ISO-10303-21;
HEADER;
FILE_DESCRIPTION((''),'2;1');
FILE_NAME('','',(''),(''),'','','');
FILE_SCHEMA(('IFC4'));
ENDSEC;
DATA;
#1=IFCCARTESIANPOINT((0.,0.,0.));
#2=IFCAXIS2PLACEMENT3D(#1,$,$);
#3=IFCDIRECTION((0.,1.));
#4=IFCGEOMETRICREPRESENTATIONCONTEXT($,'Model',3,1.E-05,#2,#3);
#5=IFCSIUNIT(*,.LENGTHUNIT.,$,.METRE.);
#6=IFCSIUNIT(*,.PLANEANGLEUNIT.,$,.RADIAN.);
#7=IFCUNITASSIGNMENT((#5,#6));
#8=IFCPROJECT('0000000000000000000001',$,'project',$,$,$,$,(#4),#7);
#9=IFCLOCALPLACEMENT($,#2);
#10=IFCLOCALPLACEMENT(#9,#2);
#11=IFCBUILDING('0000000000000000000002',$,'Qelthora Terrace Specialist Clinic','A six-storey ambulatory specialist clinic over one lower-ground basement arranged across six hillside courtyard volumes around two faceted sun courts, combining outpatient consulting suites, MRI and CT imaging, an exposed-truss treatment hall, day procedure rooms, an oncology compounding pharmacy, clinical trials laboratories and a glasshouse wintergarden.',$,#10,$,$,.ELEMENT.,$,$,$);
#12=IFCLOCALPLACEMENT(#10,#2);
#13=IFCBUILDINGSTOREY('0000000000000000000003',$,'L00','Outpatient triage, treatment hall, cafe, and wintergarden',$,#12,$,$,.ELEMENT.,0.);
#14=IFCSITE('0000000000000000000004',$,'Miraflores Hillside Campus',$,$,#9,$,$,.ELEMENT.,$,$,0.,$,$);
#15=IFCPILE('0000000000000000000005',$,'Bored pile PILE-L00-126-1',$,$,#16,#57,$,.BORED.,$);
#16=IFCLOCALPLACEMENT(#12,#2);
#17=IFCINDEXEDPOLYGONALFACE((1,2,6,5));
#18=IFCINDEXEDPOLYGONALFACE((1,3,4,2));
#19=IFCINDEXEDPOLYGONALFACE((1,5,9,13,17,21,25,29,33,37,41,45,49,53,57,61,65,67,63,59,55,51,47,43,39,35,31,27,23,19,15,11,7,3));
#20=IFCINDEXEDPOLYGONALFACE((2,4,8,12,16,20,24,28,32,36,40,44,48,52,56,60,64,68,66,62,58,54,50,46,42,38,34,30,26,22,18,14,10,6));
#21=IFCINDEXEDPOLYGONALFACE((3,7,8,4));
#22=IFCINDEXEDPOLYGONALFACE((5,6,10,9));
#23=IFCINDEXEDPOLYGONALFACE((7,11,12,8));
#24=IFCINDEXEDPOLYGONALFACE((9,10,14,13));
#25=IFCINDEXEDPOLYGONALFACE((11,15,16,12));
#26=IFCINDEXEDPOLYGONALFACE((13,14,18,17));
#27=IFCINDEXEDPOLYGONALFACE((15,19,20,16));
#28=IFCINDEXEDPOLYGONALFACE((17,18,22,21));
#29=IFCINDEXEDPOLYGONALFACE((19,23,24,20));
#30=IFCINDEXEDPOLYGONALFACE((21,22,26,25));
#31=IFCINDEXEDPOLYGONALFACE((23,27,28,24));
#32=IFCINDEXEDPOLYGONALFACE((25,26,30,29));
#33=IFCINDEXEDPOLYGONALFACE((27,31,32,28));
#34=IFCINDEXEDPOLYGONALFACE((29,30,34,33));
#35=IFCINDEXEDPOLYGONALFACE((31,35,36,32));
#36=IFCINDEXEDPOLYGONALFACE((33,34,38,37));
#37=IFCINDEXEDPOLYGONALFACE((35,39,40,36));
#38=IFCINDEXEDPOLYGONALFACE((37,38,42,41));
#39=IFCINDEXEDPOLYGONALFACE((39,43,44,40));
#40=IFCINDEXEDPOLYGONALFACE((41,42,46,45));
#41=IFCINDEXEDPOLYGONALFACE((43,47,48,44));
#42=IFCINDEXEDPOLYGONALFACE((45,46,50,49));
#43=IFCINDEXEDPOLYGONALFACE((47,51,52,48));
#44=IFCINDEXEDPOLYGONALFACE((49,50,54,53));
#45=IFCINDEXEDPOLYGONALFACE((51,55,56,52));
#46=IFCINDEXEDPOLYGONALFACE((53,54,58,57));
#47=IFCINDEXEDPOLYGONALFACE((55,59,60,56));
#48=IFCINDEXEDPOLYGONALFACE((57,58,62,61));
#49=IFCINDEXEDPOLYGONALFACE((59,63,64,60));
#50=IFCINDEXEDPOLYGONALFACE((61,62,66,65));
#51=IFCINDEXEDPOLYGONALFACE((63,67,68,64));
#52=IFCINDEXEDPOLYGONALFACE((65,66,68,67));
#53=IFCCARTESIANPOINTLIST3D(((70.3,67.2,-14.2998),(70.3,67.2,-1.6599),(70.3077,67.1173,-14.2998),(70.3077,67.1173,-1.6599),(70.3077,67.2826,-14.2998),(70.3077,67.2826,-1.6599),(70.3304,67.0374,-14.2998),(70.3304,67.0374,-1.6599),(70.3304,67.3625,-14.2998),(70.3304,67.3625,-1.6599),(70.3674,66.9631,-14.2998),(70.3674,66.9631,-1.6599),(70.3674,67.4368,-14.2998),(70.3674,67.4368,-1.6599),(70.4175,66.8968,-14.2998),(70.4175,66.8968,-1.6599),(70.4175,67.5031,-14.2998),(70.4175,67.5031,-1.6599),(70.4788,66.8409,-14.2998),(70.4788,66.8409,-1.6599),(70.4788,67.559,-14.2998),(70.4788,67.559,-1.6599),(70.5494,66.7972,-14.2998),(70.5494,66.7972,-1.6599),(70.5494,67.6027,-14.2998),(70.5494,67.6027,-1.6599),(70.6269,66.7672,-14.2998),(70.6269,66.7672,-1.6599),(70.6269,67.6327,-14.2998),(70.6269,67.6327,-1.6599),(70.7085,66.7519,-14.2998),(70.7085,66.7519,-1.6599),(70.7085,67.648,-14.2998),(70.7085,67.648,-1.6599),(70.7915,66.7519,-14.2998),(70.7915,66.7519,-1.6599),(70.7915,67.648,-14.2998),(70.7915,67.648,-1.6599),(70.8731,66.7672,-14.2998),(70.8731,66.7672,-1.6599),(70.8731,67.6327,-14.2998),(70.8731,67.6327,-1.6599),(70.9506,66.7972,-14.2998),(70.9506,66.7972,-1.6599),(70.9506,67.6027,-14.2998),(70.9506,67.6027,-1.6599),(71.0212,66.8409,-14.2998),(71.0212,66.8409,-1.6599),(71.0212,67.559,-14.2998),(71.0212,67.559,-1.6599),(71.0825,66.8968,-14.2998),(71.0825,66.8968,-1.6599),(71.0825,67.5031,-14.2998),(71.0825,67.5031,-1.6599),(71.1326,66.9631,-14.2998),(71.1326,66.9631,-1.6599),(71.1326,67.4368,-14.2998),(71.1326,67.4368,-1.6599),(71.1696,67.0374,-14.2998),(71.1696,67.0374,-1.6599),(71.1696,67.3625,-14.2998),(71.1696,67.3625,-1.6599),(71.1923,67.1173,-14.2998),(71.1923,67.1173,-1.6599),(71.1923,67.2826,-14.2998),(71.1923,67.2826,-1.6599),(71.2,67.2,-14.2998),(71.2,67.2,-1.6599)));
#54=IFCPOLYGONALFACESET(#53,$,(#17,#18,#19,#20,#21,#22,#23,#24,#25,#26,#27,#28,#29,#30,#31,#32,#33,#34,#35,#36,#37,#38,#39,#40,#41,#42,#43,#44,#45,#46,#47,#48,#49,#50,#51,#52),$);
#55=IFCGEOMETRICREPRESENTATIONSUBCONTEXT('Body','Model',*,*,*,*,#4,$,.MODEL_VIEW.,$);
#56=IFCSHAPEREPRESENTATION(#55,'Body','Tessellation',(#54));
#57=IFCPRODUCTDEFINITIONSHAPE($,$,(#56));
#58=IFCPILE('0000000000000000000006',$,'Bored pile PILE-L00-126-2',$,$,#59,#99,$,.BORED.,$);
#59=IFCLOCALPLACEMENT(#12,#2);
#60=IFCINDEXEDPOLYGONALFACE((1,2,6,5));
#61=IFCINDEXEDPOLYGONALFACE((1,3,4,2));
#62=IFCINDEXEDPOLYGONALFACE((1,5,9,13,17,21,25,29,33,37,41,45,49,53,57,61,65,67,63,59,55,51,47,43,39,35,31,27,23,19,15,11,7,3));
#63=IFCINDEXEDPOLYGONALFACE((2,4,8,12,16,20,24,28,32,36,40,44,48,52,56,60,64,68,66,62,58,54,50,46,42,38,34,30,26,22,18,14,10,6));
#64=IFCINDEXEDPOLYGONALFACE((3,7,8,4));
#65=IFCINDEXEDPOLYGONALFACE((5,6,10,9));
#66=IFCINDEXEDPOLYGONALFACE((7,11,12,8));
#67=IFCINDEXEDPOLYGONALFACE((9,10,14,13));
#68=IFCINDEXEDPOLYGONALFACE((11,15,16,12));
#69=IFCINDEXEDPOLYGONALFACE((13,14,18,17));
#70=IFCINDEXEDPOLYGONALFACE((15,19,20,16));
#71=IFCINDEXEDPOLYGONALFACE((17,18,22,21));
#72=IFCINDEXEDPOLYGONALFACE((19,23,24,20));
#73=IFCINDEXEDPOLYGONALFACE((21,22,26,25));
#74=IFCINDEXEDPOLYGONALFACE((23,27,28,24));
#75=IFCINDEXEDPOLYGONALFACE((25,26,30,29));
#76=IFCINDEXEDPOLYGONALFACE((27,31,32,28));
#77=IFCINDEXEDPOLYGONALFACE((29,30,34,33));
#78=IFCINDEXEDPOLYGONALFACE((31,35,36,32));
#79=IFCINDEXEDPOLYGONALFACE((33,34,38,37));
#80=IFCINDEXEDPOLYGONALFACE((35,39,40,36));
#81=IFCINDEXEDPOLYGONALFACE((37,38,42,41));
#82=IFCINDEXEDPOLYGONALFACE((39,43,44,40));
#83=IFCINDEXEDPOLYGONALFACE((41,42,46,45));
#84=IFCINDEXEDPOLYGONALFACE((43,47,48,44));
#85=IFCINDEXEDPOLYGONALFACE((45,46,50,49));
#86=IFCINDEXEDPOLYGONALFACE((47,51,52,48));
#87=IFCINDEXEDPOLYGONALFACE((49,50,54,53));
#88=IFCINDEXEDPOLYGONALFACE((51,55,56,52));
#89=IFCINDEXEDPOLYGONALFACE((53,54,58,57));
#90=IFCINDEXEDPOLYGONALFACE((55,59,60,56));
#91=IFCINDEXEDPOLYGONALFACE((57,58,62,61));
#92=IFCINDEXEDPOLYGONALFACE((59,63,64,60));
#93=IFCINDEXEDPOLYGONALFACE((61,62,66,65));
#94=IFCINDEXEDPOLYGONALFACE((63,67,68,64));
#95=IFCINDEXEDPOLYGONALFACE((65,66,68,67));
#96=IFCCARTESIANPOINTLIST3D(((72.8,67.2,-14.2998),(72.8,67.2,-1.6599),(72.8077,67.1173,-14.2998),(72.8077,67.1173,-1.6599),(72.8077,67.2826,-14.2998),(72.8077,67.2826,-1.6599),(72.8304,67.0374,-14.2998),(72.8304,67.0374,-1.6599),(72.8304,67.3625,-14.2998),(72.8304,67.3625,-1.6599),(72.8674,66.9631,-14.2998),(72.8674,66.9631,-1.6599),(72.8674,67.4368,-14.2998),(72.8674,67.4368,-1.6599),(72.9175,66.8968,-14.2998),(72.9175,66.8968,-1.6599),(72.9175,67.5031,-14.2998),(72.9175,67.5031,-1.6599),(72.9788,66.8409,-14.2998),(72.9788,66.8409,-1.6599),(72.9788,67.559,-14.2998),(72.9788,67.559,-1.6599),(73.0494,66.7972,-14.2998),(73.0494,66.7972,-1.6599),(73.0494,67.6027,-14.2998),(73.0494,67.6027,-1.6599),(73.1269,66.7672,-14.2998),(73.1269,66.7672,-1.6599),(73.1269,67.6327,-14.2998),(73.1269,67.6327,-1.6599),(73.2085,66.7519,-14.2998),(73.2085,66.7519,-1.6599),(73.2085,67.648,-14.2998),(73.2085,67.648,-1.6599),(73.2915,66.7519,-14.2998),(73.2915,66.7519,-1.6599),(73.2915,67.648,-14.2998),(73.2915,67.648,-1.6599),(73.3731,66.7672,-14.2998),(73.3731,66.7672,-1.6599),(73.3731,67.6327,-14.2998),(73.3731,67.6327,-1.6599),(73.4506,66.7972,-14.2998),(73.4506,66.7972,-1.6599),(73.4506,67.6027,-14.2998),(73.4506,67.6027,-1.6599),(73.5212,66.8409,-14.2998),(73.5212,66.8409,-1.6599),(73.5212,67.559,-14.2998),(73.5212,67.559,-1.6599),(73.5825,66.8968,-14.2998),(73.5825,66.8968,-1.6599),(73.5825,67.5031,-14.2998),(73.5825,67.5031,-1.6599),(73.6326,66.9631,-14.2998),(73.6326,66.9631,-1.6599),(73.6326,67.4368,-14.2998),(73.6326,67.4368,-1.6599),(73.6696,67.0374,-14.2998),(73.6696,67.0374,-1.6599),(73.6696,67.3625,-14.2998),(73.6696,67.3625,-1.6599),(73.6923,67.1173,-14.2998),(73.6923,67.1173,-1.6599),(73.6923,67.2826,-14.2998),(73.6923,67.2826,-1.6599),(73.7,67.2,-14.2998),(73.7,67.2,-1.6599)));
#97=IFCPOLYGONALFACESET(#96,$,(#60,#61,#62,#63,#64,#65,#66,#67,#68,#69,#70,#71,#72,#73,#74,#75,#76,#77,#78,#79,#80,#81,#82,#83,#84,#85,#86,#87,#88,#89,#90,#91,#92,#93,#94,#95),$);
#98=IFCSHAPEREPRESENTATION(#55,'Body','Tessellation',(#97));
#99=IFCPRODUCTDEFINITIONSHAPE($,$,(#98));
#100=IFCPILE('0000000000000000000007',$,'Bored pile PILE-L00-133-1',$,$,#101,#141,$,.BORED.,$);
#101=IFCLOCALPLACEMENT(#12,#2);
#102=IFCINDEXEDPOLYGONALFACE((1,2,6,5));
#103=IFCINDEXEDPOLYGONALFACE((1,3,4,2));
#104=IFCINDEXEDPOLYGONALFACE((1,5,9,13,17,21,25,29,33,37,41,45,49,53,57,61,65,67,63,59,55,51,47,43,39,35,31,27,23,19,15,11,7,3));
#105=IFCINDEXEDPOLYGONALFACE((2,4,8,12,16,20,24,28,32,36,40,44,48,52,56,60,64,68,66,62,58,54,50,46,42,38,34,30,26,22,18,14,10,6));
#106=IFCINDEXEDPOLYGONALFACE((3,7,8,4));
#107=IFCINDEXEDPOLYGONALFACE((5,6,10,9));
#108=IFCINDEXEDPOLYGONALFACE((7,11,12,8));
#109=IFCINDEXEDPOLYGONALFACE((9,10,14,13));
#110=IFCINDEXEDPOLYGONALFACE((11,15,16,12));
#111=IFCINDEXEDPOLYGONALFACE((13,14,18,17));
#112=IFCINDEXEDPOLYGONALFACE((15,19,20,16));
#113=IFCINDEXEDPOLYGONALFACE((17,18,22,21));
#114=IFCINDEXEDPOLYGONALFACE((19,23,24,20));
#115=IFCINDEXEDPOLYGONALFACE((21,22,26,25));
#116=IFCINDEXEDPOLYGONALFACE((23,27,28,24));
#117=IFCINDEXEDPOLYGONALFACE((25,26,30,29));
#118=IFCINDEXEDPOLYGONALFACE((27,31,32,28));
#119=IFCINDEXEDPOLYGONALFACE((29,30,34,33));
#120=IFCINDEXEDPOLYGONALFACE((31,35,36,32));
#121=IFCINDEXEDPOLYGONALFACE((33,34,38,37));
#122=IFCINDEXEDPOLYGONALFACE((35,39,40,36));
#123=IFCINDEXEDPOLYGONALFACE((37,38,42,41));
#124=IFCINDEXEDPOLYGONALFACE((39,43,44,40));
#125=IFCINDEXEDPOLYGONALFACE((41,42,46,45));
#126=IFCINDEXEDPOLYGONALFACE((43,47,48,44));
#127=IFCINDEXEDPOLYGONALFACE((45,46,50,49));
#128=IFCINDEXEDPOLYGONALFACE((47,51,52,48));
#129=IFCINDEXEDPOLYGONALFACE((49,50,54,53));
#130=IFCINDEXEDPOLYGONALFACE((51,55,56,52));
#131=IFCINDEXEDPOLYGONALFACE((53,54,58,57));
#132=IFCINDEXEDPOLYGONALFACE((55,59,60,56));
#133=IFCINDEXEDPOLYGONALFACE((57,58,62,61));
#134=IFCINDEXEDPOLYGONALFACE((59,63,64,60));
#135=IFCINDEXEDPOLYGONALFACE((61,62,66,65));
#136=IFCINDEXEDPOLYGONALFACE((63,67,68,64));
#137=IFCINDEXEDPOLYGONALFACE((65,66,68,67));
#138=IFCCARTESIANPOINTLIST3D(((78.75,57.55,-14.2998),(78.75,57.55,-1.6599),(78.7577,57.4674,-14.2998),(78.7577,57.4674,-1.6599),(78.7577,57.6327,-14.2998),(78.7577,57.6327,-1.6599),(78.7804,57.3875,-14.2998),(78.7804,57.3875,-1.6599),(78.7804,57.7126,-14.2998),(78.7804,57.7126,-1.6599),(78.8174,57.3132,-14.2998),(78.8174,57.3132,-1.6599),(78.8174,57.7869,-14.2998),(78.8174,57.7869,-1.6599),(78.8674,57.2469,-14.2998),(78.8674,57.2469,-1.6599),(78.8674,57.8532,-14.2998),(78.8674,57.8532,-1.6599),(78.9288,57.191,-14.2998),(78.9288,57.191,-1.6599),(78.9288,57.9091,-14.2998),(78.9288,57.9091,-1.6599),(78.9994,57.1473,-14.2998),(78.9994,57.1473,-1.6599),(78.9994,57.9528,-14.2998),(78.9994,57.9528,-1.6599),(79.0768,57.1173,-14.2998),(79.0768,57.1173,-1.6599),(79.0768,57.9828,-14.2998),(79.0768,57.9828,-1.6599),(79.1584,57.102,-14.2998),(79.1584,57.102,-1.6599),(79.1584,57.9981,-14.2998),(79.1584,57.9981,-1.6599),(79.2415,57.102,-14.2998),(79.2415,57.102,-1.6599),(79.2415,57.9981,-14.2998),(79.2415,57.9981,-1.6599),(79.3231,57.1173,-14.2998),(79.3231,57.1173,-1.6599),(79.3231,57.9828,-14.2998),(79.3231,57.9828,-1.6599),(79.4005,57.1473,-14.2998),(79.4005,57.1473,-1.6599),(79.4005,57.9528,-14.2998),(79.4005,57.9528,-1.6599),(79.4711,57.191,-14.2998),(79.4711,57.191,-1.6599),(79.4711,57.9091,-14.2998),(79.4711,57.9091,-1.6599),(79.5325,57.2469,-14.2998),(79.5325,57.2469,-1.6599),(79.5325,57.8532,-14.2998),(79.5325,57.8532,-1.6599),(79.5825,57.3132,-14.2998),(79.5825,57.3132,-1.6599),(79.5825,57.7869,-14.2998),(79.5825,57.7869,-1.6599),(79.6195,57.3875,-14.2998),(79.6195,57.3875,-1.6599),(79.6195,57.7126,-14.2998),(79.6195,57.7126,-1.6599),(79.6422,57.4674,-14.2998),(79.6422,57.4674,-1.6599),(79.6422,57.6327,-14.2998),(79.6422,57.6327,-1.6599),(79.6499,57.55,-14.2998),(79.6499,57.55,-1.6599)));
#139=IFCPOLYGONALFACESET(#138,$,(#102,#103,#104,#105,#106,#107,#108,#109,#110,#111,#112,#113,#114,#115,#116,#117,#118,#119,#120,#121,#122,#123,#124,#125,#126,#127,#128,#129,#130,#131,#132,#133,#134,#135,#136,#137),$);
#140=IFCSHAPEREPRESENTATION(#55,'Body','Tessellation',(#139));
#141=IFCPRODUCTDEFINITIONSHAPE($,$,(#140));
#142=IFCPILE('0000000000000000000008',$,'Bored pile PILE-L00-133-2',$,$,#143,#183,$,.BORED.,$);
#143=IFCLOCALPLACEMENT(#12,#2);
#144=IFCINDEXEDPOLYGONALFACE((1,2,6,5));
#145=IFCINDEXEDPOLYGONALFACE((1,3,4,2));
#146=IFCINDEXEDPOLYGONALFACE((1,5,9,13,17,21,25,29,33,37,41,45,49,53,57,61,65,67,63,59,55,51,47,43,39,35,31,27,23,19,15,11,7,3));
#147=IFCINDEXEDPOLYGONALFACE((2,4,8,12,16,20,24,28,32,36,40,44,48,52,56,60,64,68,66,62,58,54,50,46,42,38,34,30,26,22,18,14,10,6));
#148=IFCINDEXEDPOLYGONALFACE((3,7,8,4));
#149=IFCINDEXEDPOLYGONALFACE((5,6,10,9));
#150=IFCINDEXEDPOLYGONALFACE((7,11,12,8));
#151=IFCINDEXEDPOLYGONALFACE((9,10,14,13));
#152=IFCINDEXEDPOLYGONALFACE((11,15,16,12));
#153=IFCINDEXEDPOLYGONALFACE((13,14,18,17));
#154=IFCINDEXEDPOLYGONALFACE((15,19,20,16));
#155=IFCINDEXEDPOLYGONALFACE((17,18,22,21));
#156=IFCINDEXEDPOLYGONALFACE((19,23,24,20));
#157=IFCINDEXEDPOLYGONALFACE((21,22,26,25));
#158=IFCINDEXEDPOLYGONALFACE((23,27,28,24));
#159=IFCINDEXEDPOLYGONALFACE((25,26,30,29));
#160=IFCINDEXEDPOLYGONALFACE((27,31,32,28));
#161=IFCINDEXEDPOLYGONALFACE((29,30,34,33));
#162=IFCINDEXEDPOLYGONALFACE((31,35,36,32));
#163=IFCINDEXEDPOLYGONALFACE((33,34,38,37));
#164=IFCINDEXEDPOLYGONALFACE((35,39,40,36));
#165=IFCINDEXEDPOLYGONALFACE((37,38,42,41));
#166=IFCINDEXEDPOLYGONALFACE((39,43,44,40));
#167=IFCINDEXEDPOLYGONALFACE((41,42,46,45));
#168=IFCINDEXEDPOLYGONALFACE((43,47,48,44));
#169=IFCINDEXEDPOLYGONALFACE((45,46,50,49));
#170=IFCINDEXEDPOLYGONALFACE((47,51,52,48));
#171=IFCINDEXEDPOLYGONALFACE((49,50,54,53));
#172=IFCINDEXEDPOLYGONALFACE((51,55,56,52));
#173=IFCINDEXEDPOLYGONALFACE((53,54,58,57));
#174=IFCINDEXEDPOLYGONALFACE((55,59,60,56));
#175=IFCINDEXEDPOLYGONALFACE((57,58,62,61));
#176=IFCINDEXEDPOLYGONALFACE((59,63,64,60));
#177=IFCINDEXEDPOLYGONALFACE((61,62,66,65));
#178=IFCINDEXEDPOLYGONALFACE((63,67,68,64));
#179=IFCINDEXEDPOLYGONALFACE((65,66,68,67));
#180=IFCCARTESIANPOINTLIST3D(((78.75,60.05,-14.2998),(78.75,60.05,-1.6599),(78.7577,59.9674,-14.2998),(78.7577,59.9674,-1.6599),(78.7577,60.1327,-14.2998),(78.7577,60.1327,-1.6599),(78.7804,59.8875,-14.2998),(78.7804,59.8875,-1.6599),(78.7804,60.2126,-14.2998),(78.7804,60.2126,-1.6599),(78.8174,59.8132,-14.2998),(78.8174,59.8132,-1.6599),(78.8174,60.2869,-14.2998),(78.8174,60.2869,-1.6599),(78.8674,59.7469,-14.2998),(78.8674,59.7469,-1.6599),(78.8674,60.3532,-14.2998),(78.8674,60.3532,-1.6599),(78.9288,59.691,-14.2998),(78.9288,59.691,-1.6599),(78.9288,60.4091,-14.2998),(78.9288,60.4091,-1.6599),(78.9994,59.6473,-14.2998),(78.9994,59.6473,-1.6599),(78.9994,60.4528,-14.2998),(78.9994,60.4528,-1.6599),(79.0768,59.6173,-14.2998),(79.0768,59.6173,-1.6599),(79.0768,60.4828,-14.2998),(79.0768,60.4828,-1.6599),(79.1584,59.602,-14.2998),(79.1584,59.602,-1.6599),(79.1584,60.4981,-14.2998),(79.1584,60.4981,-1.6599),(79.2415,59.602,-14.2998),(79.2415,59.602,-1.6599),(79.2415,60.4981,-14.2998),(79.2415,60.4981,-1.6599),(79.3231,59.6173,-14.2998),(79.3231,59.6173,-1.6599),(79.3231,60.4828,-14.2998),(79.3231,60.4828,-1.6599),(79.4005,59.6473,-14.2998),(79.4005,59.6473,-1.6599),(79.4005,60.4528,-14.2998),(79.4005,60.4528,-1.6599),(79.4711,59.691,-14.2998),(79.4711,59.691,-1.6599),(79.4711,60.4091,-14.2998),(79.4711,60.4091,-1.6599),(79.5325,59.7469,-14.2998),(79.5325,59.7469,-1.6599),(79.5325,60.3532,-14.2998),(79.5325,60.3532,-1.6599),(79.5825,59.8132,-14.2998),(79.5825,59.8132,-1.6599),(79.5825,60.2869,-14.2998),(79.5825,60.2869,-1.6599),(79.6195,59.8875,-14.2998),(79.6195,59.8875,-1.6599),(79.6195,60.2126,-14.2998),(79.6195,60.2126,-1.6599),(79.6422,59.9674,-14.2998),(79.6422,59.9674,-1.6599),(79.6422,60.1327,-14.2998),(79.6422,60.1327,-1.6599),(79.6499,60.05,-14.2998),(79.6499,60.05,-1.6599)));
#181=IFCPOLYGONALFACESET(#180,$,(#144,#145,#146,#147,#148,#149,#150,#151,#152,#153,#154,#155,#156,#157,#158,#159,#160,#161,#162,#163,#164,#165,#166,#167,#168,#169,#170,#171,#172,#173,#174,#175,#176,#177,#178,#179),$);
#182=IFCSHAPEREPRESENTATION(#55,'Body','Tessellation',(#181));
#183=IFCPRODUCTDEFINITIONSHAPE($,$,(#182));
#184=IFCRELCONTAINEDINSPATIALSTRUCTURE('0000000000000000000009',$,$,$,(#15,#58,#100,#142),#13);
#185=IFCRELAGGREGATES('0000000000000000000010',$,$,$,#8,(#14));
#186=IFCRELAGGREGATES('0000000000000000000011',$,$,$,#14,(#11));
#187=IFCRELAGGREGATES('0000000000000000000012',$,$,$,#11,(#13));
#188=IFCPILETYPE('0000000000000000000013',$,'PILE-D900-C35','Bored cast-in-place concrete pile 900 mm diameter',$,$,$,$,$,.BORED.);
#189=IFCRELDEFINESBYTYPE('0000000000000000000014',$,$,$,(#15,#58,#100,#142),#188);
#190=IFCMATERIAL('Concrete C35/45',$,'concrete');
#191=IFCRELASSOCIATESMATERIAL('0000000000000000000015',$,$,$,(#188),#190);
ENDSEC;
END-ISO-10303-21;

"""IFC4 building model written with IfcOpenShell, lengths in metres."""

from ifc_helpers import new_model, si_unit, direction, frame, origin, origin_2d, place, context, subcontext, project, spatial, circle, extrude, material, material_profile, profile_set, type_object, element, save


model = new_model("IFC4")

# Units and contexts
model_context = context("Model", 3, precision=1e-05, world=origin(), true_north=direction((0.0, 1.0)))
body_context = subcontext(model_context, "Body", "Model", "MODEL_VIEW")
ifc_project = project(units=[si_unit("LENGTHUNIT", "METRE"), si_unit("PLANEANGLEUNIT", "RADIAN")], contexts=[model_context])

# Site, building, storey
site_placement = place(None, origin())
site = spatial("IfcSite", under=ifc_project, at=site_placement, Name="Miraflores Hillside Campus", CompositionType="ELEMENT", RefElevation=0.0)
building_placement = place(site_placement, origin())
building = spatial("IfcBuilding", under=site, at=building_placement, Name="Qelthora Terrace Specialist Clinic", Description="A six-storey ambulatory specialist clinic over one lower-ground basement arranged across six hillside courtyard volumes around two faceted sun courts, combining outpatient consulting suites, MRI and CT imaging, an exposed-truss treatment hall, day procedure rooms, an oncology compounding pharmacy, clinical trials laboratories and a glasshouse wintergarden.", CompositionType="ELEMENT")
storey_placement = place(building_placement, origin())
storey = spatial("IfcBuildingStorey", under=building, at=storey_placement, Name="L00", Description="Outpatient triage, treatment hall, cafe, and wintergarden", CompositionType="ELEMENT", Elevation=0.0)

# Shared definitions
ifc_material_1 = material(Name="Concrete C35/45", Category="concrete")

# Piles
ifc_material_profile_1 = material_profile(ifc_material_1, circle(Radius=0.45, at=origin_2d()), Name="PILE900")
ifc_profile_set_1 = profile_set([ifc_material_profile_1], Name="Concrete C35/45")
pile_type_1 = type_object("IfcPileType", Name="PILE-D900-C35", Description="Bored cast-in-place concrete pile 900 mm diameter", PredefinedType="BORED", material=ifc_profile_set_1)
for number, where, z_axis, x_axis, name in (
    (1, (70.75, 67.2, -1.6599), (0.0, 0.0, -1.0), (1.0, 0.0, 0.0), "Bored pile PILE-L00-126-1"),
    (2, (73.25, 67.2, -1.6599), (0.0, 0.0, -1.0), (1.0, 0.0, 0.0), "Bored pile PILE-L00-126-2"),
    (3, (79.2, 57.55, -1.6599), (0.0, 0.0, -1.0), (1.0, 0.0, 0.0), "Bored pile PILE-L00-133-1"),
    (4, (79.2, 60.05, -1.6599), (0.0, 0.0, -1.0), (1.0, 0.0, 0.0), "Bored pile PILE-L00-133-2"),
):
    element("IfcPile", number, at=place(storey_placement, frame(where, z_axis=z_axis, x_axis=x_axis)), inside=storey, type_object=pile_type_1, Name=name, PredefinedType="BORED", context=body_context, shape_type="SweptSolid", body=[
        extrude(circle(Radius=0.45, at=origin_2d()), origin(), (0.0, 0.0, 1.0), 12.6399),
    ])

save(model, "model.ifc")
